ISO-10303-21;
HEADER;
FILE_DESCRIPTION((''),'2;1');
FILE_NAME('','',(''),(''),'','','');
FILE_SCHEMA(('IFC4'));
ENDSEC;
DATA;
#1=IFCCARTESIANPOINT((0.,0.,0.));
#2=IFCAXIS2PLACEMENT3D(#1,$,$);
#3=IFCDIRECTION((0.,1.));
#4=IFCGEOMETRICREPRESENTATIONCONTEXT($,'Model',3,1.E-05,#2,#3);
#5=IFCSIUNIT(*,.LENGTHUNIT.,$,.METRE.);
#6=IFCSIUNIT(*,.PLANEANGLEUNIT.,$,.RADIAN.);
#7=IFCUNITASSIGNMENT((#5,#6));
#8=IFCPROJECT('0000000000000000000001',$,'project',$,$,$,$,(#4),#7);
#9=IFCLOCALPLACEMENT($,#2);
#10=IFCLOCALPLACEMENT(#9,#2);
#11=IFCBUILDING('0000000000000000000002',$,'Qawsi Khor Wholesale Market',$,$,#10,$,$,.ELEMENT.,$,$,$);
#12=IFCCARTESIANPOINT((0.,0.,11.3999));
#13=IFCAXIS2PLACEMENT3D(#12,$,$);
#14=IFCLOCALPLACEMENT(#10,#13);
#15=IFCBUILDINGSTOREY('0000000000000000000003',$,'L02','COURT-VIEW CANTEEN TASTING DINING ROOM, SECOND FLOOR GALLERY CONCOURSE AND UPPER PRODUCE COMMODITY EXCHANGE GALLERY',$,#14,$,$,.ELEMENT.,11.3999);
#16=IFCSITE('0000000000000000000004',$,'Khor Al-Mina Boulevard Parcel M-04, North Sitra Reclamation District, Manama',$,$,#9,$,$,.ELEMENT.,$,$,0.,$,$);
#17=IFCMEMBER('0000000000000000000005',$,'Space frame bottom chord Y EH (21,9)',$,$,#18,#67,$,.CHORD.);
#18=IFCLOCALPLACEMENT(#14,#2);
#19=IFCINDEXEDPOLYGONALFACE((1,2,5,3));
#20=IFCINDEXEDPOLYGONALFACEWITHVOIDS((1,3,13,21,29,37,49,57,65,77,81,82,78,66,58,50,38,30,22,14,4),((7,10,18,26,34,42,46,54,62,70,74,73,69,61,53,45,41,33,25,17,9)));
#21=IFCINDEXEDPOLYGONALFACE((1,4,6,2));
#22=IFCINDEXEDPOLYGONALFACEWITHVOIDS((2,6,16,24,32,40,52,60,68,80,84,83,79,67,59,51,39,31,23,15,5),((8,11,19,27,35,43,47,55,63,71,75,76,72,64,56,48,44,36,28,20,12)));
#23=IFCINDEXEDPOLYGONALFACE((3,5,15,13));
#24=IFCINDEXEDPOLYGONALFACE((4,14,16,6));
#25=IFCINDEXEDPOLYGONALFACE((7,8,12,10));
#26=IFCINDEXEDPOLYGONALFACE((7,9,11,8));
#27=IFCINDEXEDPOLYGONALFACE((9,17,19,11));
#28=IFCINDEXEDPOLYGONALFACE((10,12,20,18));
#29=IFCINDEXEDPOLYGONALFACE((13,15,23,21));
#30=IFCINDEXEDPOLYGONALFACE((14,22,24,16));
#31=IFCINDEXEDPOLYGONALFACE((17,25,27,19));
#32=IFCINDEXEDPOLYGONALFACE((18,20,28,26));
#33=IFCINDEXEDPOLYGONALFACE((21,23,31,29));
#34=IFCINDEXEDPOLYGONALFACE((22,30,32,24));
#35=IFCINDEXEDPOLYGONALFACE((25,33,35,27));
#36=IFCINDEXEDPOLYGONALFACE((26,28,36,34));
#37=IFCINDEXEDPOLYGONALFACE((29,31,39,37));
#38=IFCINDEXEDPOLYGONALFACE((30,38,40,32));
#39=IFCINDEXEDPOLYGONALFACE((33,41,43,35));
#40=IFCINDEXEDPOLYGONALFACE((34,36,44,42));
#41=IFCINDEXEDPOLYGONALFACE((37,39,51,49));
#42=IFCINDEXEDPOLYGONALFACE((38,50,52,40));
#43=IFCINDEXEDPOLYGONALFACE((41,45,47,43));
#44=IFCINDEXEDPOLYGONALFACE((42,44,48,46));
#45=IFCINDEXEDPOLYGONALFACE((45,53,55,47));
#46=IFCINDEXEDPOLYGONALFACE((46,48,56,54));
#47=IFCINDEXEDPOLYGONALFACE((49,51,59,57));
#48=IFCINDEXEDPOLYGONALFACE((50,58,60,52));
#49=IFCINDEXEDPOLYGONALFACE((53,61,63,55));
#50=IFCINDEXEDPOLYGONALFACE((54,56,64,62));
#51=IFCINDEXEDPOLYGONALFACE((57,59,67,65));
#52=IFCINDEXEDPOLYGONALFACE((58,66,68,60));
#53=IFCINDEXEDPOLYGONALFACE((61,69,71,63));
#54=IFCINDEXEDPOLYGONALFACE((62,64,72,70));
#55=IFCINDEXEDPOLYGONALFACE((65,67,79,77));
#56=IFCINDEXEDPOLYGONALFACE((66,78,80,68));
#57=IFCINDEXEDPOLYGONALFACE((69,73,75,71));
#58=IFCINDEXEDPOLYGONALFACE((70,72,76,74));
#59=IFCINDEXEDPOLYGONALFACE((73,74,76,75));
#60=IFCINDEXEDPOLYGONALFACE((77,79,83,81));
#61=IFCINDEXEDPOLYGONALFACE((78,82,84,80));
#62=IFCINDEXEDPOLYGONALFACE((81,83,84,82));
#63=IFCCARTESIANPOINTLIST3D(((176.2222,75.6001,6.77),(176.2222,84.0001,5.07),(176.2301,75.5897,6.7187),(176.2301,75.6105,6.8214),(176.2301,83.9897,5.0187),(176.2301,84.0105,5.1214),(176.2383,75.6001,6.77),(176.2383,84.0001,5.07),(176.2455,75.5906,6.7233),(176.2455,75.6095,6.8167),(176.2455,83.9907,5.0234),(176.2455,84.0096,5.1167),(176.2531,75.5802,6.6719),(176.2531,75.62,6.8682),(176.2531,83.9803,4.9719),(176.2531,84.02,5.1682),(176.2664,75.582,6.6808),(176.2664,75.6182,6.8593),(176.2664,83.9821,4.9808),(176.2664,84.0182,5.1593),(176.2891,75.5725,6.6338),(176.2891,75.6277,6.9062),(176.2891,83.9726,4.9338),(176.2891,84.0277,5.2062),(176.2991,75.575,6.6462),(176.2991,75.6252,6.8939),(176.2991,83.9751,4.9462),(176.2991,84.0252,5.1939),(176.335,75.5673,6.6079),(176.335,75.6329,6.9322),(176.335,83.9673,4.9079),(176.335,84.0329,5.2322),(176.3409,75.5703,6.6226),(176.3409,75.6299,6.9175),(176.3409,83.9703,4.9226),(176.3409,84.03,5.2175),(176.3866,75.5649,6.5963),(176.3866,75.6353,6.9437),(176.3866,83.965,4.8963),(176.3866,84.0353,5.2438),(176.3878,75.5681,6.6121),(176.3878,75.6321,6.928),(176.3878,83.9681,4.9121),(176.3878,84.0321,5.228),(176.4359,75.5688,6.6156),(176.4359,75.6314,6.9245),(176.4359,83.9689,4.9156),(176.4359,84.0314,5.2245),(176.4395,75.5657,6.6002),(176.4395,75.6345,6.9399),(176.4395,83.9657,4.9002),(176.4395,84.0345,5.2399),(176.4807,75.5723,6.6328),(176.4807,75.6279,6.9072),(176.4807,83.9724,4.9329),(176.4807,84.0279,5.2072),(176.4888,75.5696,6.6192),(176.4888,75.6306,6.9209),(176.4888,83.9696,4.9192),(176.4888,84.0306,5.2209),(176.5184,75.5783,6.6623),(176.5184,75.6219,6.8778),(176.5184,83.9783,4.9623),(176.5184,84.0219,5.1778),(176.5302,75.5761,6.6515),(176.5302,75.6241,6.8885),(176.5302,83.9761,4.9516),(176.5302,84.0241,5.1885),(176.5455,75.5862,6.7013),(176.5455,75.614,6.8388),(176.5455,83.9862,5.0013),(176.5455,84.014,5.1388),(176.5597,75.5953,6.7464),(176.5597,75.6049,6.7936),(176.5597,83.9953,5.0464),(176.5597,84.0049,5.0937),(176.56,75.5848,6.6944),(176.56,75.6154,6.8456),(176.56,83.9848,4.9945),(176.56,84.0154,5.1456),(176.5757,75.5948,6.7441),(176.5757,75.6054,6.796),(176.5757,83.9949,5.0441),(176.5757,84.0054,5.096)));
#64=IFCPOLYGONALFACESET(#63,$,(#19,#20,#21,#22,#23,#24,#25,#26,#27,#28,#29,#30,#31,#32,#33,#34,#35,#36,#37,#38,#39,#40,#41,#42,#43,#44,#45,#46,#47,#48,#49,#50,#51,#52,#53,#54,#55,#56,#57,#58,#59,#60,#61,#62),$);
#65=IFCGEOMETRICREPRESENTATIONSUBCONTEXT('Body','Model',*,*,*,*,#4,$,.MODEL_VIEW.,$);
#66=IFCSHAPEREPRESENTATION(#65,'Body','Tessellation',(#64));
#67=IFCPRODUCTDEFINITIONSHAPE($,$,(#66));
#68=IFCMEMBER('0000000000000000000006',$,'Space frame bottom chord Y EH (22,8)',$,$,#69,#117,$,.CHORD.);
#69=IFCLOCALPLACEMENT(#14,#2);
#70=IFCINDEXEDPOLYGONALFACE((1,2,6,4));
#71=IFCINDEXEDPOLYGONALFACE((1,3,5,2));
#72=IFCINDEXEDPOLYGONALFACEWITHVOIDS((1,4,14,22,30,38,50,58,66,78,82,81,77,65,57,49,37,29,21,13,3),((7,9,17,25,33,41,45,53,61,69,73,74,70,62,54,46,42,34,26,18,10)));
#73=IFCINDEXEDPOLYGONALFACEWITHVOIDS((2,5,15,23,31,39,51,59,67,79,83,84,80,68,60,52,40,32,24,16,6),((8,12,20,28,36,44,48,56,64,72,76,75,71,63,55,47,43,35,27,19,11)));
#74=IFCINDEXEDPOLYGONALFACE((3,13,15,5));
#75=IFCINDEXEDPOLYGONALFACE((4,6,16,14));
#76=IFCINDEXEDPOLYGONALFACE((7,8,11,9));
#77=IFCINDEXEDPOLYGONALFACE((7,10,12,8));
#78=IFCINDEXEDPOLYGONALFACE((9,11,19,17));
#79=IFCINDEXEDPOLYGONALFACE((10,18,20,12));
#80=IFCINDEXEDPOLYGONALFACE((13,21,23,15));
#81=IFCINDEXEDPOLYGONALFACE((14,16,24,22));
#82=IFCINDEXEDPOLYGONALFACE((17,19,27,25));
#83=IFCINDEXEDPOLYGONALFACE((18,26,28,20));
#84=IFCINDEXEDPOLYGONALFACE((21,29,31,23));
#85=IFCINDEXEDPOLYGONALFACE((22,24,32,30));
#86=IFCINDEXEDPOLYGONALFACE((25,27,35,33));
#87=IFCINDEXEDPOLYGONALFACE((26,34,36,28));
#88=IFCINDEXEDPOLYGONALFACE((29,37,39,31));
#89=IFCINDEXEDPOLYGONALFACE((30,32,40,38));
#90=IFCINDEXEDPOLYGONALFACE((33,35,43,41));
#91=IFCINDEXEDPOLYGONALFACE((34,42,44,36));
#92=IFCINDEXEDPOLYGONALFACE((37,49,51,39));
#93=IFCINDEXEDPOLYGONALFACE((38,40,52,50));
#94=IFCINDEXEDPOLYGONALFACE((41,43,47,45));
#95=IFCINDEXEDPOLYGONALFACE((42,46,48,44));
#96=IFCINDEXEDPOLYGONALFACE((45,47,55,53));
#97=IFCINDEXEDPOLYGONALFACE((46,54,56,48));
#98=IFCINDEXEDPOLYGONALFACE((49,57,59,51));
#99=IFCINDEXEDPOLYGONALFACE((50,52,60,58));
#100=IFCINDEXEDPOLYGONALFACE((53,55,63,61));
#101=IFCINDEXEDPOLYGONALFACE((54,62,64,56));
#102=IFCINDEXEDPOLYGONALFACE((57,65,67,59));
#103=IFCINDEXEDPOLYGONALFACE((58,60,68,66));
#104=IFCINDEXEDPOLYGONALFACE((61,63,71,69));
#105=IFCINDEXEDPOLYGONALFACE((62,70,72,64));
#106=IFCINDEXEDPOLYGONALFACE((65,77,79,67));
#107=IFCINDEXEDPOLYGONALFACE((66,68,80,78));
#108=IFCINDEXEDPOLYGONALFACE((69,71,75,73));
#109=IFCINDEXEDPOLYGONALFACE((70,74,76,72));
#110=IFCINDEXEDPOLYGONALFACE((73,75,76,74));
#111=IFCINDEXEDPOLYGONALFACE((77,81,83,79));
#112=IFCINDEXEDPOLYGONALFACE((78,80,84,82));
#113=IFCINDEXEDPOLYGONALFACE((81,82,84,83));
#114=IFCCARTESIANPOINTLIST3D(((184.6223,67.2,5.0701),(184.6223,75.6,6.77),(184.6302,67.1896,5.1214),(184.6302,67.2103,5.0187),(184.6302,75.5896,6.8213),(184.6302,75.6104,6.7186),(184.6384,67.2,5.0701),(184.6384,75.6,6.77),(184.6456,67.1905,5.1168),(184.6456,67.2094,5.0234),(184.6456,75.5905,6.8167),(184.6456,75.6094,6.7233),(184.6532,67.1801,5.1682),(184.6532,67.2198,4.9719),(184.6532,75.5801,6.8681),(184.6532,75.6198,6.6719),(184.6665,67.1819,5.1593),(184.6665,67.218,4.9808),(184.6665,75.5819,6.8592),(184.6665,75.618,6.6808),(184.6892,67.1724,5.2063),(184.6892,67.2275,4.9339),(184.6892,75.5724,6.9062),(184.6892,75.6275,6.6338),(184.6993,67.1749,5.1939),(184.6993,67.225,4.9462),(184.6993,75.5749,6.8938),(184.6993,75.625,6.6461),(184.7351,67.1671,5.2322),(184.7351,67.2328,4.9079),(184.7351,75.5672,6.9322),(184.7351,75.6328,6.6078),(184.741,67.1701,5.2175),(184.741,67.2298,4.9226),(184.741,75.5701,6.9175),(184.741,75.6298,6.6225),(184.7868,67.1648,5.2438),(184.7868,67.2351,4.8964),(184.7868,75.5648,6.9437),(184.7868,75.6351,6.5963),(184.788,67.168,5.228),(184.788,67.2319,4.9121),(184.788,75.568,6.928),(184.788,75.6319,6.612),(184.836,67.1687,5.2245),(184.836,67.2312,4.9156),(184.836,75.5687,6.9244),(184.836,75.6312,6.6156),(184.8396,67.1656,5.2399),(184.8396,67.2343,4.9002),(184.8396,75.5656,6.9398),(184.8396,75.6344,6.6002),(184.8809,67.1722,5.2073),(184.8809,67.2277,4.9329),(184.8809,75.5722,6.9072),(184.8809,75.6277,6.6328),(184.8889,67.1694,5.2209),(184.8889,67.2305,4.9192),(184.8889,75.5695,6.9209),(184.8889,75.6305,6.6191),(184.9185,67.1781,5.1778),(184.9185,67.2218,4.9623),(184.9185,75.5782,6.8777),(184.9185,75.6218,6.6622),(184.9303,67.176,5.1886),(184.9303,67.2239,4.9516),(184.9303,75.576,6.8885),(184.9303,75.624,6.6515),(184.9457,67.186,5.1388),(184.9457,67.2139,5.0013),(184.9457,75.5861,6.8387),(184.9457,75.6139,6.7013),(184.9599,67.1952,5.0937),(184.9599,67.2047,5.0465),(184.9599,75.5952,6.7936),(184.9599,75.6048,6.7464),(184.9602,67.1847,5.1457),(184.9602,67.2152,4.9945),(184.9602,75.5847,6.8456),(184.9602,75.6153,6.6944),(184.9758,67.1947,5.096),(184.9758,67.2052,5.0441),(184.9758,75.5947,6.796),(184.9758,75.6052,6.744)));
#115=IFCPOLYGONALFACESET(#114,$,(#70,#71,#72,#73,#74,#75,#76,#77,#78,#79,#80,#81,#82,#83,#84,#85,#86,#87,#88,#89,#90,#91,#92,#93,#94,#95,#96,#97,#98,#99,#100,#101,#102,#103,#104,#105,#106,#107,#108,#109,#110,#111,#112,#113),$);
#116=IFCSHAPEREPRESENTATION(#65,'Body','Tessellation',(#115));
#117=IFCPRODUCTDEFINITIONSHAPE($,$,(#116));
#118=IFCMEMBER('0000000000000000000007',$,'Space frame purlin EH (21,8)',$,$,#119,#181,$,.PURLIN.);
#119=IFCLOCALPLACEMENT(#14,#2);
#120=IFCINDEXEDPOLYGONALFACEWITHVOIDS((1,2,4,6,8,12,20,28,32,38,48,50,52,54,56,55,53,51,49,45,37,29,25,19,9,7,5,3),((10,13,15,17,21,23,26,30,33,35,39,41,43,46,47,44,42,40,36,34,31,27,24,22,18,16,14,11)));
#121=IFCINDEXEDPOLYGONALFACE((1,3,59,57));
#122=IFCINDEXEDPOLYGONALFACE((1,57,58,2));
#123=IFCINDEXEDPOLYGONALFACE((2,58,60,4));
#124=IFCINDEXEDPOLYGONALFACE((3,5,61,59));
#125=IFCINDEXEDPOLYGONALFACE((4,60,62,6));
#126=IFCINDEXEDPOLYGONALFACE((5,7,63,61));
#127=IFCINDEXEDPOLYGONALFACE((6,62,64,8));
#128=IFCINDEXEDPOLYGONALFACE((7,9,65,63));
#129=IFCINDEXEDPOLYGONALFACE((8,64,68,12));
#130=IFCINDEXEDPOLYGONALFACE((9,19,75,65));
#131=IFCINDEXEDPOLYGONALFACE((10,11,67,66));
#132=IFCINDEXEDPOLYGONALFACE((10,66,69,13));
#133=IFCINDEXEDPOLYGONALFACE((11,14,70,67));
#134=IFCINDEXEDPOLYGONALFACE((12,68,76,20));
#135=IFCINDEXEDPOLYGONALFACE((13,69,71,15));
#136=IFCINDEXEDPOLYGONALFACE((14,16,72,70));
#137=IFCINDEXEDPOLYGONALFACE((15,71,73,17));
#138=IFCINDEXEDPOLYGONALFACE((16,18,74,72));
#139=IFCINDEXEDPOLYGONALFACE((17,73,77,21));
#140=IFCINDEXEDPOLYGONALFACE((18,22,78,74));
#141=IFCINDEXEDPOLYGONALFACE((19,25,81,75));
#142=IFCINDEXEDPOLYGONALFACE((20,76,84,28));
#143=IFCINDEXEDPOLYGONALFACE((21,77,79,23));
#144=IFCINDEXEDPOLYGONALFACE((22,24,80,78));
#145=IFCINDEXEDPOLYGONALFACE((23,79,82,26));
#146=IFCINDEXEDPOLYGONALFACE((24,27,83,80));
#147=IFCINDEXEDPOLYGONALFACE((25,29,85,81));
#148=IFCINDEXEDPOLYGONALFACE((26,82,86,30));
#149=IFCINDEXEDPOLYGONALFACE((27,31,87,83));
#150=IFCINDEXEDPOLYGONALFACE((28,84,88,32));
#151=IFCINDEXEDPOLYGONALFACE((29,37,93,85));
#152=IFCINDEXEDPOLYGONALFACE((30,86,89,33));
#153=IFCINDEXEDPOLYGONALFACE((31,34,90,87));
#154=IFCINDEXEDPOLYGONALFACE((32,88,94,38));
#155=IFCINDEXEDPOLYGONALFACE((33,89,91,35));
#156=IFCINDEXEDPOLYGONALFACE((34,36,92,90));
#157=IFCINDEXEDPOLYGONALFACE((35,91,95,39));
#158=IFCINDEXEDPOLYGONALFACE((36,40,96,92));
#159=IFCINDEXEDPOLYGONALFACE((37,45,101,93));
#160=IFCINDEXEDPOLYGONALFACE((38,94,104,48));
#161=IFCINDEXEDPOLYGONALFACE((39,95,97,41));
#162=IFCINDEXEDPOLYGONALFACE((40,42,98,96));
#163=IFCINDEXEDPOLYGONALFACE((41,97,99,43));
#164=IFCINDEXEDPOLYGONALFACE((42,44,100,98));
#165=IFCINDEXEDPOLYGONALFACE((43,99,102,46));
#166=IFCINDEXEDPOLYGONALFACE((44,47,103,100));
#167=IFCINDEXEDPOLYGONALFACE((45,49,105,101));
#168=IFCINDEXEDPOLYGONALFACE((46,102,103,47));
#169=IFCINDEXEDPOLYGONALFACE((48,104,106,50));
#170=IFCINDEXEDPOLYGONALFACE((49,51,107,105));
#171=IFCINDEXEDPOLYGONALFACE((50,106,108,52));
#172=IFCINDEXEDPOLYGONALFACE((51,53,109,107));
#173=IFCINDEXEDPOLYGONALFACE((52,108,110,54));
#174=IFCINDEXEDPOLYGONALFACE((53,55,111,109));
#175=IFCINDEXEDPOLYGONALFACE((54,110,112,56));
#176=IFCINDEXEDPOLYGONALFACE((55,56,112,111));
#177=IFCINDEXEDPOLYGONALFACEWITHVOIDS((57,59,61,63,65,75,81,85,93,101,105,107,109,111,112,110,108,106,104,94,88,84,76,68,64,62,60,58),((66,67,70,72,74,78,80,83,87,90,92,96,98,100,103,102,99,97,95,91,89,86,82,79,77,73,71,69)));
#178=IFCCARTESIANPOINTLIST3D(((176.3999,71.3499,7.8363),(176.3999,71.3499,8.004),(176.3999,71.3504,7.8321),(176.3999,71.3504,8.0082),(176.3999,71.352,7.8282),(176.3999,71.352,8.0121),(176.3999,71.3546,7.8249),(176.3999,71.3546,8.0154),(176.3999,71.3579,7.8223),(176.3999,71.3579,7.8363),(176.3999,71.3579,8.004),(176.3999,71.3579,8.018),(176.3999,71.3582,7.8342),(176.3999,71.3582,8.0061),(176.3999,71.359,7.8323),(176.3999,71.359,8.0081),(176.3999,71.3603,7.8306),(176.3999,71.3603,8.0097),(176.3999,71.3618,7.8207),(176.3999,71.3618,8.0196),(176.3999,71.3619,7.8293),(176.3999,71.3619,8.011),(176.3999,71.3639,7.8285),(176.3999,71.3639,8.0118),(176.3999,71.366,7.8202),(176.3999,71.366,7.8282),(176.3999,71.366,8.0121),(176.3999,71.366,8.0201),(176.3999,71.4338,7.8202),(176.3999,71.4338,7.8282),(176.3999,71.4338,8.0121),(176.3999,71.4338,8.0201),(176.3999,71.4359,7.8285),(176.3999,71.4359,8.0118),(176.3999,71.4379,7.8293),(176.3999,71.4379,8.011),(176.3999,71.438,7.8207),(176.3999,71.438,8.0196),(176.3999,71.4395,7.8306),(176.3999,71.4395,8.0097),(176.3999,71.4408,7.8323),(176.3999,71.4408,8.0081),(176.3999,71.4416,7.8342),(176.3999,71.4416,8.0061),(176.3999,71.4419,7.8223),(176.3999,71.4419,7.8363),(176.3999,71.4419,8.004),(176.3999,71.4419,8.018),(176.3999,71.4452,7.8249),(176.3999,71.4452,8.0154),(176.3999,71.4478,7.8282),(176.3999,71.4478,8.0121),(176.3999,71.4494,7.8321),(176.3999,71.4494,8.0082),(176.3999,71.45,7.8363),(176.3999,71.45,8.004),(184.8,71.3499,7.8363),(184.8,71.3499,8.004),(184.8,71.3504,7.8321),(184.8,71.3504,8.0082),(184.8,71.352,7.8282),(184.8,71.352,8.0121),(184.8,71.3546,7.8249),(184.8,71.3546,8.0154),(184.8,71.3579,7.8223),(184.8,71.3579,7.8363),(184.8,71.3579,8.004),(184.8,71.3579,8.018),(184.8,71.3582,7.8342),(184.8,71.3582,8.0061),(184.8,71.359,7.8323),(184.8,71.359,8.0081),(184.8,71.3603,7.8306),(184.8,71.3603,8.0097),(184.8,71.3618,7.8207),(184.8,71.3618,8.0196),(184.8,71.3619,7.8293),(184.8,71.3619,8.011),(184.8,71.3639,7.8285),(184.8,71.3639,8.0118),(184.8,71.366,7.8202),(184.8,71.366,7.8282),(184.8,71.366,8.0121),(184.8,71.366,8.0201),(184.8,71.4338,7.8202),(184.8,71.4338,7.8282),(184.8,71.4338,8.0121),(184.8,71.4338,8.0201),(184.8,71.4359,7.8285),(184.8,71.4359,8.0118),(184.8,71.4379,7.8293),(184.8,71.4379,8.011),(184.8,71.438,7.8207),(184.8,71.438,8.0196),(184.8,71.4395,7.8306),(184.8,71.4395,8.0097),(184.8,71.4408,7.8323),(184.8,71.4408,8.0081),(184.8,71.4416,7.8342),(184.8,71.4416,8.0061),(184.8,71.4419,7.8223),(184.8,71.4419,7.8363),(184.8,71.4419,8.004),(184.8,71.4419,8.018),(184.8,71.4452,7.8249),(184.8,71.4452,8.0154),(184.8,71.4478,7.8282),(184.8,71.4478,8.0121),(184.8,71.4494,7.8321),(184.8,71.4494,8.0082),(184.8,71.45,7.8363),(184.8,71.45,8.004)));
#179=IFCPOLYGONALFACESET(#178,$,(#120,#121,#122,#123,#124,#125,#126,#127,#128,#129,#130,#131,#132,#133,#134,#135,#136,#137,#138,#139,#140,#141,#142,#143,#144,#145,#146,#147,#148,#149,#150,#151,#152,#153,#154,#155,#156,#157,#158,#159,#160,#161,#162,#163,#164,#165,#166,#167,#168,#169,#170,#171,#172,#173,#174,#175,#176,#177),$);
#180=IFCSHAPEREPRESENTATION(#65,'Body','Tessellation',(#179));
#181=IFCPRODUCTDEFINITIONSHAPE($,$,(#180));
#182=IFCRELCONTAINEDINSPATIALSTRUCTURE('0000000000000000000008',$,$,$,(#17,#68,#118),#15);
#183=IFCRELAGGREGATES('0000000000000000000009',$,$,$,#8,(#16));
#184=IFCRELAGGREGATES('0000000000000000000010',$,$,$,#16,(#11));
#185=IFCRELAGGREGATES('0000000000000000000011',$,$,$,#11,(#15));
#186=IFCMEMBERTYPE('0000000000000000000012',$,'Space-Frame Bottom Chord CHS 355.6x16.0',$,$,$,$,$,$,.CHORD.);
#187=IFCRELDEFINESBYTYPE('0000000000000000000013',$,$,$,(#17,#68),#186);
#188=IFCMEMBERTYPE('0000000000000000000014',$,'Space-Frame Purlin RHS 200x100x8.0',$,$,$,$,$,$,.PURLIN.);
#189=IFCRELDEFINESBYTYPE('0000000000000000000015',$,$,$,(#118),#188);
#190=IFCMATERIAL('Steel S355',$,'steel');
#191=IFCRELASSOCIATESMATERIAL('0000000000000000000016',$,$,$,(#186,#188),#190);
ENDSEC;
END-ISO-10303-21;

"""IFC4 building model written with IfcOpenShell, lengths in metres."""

from ifc_helpers import new_model, si_unit, direction, frame, origin, origin_2d, place, context, subcontext, project, spatial, hollow_rectangle, hollow_circle, extrude, material, material_profile, profile_set, type_object, element, save


model = new_model("IFC4")

# Units and contexts
model_context = context("Model", 3, precision=1e-05, world=origin(), true_north=direction((0.0, 1.0)))
body_context = subcontext(model_context, "Body", "Model", "MODEL_VIEW")
ifc_project = project(units=[si_unit("LENGTHUNIT", "METRE"), si_unit("PLANEANGLEUNIT", "RADIAN")], contexts=[model_context])

# Site, building, storey
site_placement = place(None, origin())
site = spatial("IfcSite", under=ifc_project, at=site_placement, Name="Khor Al-Mina Boulevard Parcel M-04, North Sitra Reclamation District, Manama", CompositionType="ELEMENT", RefElevation=0.0)
building_placement = place(site_placement, origin())
building = spatial("IfcBuilding", under=site, at=building_placement, Name="Qawsi Khor Wholesale Market", CompositionType="ELEMENT")
storey_placement = place(building_placement, frame((0.0, 0.0, 11.3999)))
storey = spatial("IfcBuildingStorey", under=building, at=storey_placement, Name="L02", Description="COURT-VIEW CANTEEN TASTING DINING ROOM, SECOND FLOOR GALLERY CONCOURSE AND UPPER PRODUCE COMMODITY EXCHANGE GALLERY", CompositionType="ELEMENT", Elevation=11.3999)

# Members
ifc_material_1 = material(Name="Steel S355", Category="steel")
ifc_material_profile_1 = material_profile(ifc_material_1, hollow_circle(Radius=0.1777, WallThickness=0.0161, at=origin_2d()), Name="CHS 355.6x16.0")
ifc_profile_set_1 = profile_set([ifc_material_profile_1], Name="Steel S355")
member_type_1 = type_object("IfcMemberType", Name="Space-Frame Bottom Chord CHS 355.6x16.0", PredefinedType="CHORD", material=ifc_profile_set_1)
for number, where, z_axis, x_axis, name in (
    (1, (176.3999, 75.6001, 6.77), (0.0, 0.98013, -0.198356), (-1.0, 0.0, 0.0), "Space frame bottom chord Y EH (21,9)"),
    (2, (184.8, 67.2, 5.0701), (0.0, 0.980131, 0.198351), (-1.0, 0.0, 0.0), "Space frame bottom chord Y EH (22,8)"),
):
    element("IfcMember", number, at=place(storey_placement, frame(where, z_axis=z_axis, x_axis=x_axis)), inside=storey, type_object=member_type_1, Name=name, PredefinedType="CHORD", context=body_context, shape_type="SweptSolid", body=[
        extrude(hollow_circle(Radius=0.1777, WallThickness=0.0161, at=origin_2d()), origin(), (0.0, 0.0, 1.0), 8.5703),
    ])
ifc_material_profile_2 = material_profile(ifc_material_1, hollow_rectangle(XDim=0.1001, YDim=0.2, WallThickness=0.0081, InnerFilletRadius=0.0081, OuterFilletRadius=0.0161, at=origin_2d()), Name="RHS 200x100x8.0")
ifc_profile_set_2 = profile_set([ifc_material_profile_2], Name="Steel S355")
member_type_2 = type_object("IfcMemberType", Name="Space-Frame Purlin RHS 200x100x8.0", PredefinedType="PURLIN", material=ifc_profile_set_2)
for number, where, z_axis, x_axis, name in (
    (3, (176.3999, 71.3999, 7.9202), (1.0, 0.0, 0.0), (0.0, 1.0, 0.0), "Space frame purlin EH (21,8)"),
):
    element("IfcMember", number, at=place(storey_placement, frame(where, z_axis=z_axis, x_axis=x_axis)), inside=storey, type_object=member_type_2, Name=name, PredefinedType="PURLIN", context=body_context, shape_type="SweptSolid", body=[
        extrude(hollow_rectangle(XDim=0.1001, YDim=0.2, WallThickness=0.0081, InnerFilletRadius=0.0081, OuterFilletRadius=0.0161, at=origin_2d()), origin(), (0.0, 0.0, 1.0), 8.4001),
    ])

save(model, "model.ifc")
